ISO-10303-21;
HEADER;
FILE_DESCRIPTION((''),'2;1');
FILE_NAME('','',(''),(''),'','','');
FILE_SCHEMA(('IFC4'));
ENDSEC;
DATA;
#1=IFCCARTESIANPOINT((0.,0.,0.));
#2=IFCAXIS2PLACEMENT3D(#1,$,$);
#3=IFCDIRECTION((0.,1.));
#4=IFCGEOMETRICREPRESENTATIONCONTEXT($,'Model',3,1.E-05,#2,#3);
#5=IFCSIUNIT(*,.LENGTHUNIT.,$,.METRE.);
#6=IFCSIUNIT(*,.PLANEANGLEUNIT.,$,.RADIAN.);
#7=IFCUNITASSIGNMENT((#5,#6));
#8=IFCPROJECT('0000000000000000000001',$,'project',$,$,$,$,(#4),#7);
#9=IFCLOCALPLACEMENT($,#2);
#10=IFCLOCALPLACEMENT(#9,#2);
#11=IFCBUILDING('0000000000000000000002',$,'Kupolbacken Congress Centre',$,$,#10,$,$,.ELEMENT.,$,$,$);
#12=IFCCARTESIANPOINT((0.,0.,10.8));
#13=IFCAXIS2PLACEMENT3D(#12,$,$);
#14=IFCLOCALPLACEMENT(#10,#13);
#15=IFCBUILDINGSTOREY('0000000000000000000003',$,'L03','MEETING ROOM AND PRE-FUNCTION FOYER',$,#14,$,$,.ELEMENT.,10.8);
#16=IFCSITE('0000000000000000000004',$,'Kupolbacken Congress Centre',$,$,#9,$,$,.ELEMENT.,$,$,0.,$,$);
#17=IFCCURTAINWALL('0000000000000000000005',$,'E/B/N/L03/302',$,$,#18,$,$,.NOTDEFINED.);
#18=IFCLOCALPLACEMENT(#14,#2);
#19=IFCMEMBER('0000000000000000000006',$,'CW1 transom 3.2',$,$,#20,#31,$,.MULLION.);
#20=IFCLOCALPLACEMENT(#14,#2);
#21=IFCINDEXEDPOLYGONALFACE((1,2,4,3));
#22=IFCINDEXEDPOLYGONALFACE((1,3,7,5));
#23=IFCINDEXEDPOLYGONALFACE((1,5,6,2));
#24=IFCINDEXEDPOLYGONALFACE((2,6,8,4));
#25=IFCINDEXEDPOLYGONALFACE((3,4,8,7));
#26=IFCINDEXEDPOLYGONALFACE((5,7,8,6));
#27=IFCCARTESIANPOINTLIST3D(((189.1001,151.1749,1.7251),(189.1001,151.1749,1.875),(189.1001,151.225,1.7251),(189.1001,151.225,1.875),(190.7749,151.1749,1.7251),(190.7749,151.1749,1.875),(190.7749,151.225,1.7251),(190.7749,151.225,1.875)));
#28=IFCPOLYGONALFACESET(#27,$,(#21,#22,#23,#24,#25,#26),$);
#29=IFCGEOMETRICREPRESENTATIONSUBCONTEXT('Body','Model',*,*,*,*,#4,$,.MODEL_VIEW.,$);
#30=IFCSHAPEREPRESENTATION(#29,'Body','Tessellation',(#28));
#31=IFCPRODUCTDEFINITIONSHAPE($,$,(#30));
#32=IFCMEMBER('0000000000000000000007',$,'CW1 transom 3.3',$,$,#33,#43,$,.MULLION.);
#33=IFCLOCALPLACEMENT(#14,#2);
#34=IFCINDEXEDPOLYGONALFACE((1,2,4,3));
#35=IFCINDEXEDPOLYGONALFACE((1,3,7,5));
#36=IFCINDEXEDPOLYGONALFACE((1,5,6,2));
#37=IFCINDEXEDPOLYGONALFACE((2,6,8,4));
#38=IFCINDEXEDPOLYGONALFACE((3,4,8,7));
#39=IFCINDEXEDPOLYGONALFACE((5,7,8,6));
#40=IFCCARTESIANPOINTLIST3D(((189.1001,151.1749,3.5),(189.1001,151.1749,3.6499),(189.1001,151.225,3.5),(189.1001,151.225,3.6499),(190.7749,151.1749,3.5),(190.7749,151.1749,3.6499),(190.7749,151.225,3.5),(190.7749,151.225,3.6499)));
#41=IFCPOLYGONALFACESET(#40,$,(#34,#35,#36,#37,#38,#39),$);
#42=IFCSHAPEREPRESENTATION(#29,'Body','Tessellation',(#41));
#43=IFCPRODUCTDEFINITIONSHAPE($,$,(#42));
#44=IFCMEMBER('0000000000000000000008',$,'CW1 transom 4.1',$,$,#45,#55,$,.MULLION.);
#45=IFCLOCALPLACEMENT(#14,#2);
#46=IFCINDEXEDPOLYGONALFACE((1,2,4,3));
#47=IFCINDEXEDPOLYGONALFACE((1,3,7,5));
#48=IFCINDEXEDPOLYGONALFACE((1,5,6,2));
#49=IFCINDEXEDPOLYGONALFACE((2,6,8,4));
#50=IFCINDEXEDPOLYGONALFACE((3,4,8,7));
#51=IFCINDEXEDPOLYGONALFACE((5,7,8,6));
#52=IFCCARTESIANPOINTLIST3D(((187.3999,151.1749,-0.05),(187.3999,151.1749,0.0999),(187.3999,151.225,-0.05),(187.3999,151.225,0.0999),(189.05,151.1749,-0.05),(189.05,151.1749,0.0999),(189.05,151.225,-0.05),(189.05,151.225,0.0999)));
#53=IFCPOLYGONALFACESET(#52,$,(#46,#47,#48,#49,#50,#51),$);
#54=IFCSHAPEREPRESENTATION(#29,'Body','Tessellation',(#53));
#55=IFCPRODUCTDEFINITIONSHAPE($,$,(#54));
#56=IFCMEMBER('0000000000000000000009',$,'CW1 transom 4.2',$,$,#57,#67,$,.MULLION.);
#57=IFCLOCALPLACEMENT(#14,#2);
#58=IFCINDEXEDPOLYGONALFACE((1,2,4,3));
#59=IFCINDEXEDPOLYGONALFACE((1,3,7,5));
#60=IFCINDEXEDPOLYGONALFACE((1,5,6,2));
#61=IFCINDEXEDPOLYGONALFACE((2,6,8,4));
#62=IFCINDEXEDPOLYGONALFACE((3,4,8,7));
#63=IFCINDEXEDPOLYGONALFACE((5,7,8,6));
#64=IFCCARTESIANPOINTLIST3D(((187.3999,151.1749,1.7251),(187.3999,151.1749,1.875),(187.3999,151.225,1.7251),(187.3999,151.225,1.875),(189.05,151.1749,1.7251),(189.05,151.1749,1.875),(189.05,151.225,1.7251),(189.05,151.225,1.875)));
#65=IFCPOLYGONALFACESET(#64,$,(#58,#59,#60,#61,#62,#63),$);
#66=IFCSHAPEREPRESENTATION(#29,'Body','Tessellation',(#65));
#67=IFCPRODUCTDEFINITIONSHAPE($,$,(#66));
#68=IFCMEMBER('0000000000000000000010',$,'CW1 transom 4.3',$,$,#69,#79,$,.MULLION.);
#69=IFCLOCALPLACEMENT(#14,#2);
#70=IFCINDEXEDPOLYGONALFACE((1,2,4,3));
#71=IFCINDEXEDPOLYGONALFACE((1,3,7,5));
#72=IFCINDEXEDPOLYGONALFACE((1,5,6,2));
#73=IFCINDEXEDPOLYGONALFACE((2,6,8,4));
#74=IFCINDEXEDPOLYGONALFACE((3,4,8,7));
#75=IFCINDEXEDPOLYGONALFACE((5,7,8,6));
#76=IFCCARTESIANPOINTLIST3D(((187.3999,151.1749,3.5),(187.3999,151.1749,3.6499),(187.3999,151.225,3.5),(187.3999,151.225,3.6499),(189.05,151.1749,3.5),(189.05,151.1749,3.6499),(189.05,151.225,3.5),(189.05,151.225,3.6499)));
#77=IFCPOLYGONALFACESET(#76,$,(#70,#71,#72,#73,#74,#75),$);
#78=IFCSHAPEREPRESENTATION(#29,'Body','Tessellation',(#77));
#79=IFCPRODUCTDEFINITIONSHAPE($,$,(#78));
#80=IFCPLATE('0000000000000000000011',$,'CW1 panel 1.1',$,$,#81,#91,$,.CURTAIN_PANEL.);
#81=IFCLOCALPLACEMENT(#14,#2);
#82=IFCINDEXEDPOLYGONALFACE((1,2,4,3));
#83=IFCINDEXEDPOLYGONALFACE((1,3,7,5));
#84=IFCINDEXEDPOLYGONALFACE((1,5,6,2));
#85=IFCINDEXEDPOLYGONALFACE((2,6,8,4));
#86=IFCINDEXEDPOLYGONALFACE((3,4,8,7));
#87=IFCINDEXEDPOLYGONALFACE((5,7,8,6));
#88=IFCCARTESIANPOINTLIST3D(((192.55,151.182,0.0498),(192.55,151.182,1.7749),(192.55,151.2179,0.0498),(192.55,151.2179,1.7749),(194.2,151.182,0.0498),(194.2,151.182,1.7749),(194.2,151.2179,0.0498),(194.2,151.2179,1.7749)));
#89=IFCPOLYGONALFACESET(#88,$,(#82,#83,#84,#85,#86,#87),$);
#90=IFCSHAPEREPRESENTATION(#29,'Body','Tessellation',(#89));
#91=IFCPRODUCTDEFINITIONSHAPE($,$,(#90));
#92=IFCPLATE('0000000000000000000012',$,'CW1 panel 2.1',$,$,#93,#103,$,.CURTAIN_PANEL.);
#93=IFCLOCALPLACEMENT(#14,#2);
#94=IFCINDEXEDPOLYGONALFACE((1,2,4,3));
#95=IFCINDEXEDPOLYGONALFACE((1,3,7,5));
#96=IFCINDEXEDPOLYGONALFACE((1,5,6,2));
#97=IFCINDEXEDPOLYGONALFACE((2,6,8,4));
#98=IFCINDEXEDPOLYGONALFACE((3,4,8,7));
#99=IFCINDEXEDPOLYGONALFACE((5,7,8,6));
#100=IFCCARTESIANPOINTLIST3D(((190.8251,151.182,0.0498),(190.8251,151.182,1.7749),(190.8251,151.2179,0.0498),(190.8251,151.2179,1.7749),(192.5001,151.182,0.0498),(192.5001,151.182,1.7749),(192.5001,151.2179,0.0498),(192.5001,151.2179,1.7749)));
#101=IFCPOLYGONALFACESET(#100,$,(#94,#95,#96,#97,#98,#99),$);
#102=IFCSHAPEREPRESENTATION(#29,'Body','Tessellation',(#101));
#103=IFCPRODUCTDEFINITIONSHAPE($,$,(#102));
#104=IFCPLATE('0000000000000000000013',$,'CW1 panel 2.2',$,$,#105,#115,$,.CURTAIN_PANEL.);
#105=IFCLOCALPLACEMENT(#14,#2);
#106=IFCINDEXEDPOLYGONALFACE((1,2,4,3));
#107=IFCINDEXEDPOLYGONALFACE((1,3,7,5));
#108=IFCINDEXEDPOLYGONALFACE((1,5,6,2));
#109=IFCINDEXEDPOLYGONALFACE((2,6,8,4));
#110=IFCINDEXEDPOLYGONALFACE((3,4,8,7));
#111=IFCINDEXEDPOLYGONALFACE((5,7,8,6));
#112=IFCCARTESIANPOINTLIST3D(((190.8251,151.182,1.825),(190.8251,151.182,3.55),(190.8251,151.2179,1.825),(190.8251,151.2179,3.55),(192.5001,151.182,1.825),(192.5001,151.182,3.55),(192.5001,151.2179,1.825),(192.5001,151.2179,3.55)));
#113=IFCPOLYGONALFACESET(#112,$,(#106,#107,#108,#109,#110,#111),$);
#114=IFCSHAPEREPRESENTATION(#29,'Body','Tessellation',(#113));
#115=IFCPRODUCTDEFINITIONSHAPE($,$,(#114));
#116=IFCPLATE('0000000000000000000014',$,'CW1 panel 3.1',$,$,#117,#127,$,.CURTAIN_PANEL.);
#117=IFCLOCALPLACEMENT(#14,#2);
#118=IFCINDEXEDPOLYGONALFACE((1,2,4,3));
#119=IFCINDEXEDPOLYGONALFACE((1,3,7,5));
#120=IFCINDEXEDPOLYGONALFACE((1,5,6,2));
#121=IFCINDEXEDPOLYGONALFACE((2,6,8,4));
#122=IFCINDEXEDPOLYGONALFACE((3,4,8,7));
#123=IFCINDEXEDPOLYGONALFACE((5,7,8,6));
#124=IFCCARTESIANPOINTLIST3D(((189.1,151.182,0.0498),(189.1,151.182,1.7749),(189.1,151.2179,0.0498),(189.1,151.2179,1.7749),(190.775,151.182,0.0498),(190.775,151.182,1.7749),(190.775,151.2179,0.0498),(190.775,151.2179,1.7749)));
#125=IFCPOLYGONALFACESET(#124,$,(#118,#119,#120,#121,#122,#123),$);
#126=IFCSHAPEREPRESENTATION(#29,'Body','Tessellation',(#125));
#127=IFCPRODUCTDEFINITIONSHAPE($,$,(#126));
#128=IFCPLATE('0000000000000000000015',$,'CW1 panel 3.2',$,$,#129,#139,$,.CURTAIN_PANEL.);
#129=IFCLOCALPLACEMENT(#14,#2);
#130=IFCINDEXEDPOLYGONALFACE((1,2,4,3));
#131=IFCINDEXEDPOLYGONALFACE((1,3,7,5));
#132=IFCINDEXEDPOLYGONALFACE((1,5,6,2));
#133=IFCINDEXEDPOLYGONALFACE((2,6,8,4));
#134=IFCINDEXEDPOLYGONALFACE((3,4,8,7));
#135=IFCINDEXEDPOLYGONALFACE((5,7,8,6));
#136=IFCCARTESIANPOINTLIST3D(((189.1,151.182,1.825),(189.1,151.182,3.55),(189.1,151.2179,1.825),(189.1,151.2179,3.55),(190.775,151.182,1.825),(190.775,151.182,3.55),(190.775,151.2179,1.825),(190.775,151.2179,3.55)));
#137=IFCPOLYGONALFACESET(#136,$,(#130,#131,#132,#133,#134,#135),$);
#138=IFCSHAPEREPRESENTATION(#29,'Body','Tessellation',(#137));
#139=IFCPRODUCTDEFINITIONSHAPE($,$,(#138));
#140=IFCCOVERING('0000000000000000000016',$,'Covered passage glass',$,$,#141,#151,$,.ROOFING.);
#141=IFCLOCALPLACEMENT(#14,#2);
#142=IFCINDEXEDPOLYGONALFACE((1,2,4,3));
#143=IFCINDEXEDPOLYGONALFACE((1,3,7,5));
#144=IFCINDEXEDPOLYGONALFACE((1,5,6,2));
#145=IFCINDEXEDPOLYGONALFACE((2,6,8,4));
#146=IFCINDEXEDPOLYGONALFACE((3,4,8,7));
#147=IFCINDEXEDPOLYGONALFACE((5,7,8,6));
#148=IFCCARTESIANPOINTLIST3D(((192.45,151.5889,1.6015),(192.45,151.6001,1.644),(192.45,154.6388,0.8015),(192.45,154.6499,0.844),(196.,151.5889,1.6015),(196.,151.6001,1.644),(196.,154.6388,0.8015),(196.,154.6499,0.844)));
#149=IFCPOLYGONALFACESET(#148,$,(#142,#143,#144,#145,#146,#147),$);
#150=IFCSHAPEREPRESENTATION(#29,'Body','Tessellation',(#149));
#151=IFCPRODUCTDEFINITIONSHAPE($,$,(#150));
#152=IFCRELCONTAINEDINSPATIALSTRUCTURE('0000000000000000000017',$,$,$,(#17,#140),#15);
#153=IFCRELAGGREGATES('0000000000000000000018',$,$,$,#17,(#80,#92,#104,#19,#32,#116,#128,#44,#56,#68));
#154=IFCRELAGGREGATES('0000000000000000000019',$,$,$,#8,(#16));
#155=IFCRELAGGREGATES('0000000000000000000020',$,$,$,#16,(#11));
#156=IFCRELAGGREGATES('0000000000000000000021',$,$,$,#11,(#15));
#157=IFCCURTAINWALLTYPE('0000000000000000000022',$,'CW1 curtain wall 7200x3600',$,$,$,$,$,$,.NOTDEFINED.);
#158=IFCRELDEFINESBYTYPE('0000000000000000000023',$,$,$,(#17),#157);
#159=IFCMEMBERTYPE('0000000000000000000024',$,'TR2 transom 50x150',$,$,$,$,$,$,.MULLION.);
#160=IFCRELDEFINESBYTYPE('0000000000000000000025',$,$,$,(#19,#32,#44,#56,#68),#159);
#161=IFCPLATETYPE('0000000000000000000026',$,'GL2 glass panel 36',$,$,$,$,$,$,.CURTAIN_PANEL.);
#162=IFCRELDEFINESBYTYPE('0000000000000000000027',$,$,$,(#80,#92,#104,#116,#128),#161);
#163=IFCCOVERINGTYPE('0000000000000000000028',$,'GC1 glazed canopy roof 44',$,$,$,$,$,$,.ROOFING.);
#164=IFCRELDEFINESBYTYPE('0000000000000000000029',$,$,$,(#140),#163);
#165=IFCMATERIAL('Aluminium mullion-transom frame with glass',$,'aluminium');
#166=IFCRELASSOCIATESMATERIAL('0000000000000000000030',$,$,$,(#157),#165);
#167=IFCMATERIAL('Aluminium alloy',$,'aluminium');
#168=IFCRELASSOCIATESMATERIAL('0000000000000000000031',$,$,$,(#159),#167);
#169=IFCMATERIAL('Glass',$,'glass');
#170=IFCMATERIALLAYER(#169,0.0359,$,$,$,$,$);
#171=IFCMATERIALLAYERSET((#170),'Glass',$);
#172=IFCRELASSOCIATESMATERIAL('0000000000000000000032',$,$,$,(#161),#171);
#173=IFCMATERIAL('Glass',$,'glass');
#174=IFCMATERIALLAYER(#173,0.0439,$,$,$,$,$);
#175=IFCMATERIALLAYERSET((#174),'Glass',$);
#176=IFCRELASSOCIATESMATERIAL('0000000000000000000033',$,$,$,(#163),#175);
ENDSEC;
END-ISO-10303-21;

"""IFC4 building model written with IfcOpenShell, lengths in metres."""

from ifc_helpers import new_model, si_unit, direction, frame, origin, origin_2d, place, context, subcontext, project, spatial, polyline, rectangle, outline, extrude, material, layer, layer_set, material_profile, profile_set, type_object, element, aggregate, save


model = new_model("IFC4")

# Units and contexts
model_context = context("Model", 3, precision=1e-05, world=origin(), true_north=direction((0.0, 1.0)))
body_context = subcontext(model_context, "Body", "Model", "MODEL_VIEW")
ifc_project = project(units=[si_unit("LENGTHUNIT", "METRE"), si_unit("PLANEANGLEUNIT", "RADIAN")], contexts=[model_context])

# Site, building, storey
site_placement = place(None, origin())
site = spatial("IfcSite", under=ifc_project, at=site_placement, Name="Kupolbacken Congress Centre", CompositionType="ELEMENT", RefElevation=0.0)
building_placement = place(site_placement, origin())
building = spatial("IfcBuilding", under=site, at=building_placement, Name="Kupolbacken Congress Centre", CompositionType="ELEMENT")
storey_placement = place(building_placement, frame((0.0, 0.0, 10.8)))
storey = spatial("IfcBuildingStorey", under=building, at=storey_placement, Name="L03", Description="MEETING ROOM AND PRE-FUNCTION FOYER", CompositionType="ELEMENT", Elevation=10.8)

# Curtain wall, members, plates
ifc_material_1 = material(Name="Aluminium mullion-transom frame with glass", Category="aluminium")
curtain_wall_type = type_object("IfcCurtainWallType", Name="CW1 curtain wall 7200x3600", PredefinedType="NOTDEFINED", material=ifc_material_1)
curtain_wall_placement = place(storey_placement, origin())
curtain_wall = element("IfcCurtainWall", 1, at=curtain_wall_placement, inside=storey, type_object=curtain_wall_type, Name="E/B/N/L03/302", PredefinedType="NOTDEFINED")
ifc_material_2 = material(Name="Aluminium alloy", Category="aluminium")
ifc_material_profile_1 = material_profile(ifc_material_2, rectangle(XDim=0.05, YDim=0.1499, at=origin_2d()), Name="50 x 150")
ifc_profile_set_1 = profile_set([ifc_material_profile_1], Name="Aluminium alloy")
member_type_1 = type_object("IfcMemberType", Name="TR2 transom 50x150", PredefinedType="MULLION", material=ifc_profile_set_1)
member_1_placement = place(storey_placement, frame((190.7749, 151.2, 1.8), z_axis=(-1.0, 0.0, 0.0), x_axis=(0.0, -1.0, 0.0)))
member_1 = element("IfcMember", 2, at=member_1_placement, type_object=member_type_1, Name="CW1 transom 3.2", PredefinedType="MULLION", context=body_context, shape_type="SweptSolid", body=[
    extrude(rectangle(XDim=0.05, YDim=0.1499, at=origin_2d()), origin(), (0.0, 0.0, 1.0), 1.6748),
])
member_2_placement = place(storey_placement, frame((190.7749, 151.2, 3.575), z_axis=(-1.0, 0.0, 0.0), x_axis=(0.0, -1.0, 0.0)))
member_2 = element("IfcMember", 3, at=member_2_placement, type_object=member_type_1, Name="CW1 transom 3.3", PredefinedType="MULLION", context=body_context, shape_type="SweptSolid", body=[
    extrude(rectangle(XDim=0.05, YDim=0.1499, at=origin_2d()), origin(), (0.0, 0.0, 1.0), 1.6748),
])
member_3_placement = place(storey_placement, frame((189.05, 151.2, 0.0249), z_axis=(-1.0, 0.0, 0.0), x_axis=(0.0, -1.0, 0.0)))
member_3 = element("IfcMember", 4, at=member_3_placement, type_object=member_type_1, Name="CW1 transom 4.1", PredefinedType="MULLION", context=body_context, shape_type="SweptSolid", body=[
    extrude(rectangle(XDim=0.05, YDim=0.1499, at=origin_2d()), origin(), (0.0, 0.0, 1.0), 1.6501),
])
member_4_placement = place(storey_placement, frame((189.05, 151.2, 1.8), z_axis=(-1.0, 0.0, 0.0), x_axis=(0.0, -1.0, 0.0)))
member_4 = element("IfcMember", 5, at=member_4_placement, type_object=member_type_1, Name="CW1 transom 4.2", PredefinedType="MULLION", context=body_context, shape_type="SweptSolid", body=[
    extrude(rectangle(XDim=0.05, YDim=0.1499, at=origin_2d()), origin(), (0.0, 0.0, 1.0), 1.6501),
])
member_5_placement = place(storey_placement, frame((189.05, 151.2, 3.575), z_axis=(-1.0, 0.0, 0.0), x_axis=(0.0, -1.0, 0.0)))
member_5 = element("IfcMember", 6, at=member_5_placement, type_object=member_type_1, Name="CW1 transom 4.3", PredefinedType="MULLION", context=body_context, shape_type="SweptSolid", body=[
    extrude(rectangle(XDim=0.05, YDim=0.1499, at=origin_2d()), origin(), (0.0, 0.0, 1.0), 1.6501),
])
ifc_material_3 = material(Name="Glass", Category="glass")
ifc_layer_1 = layer(ifc_material_3, 0.0359)
ifc_layer_set_1 = layer_set([ifc_layer_1], Name="Glass")
plate_type = type_object("IfcPlateType", Name="GL2 glass panel 36", PredefinedType="CURTAIN_PANEL", material=ifc_layer_set_1)
plate_1_placement = place(storey_placement, frame((193.375, 151.2, 0.0498), z_axis=(0.0, 0.0, 1.0), x_axis=(-1.0, 0.0, 0.0)))
plate_1 = element("IfcPlate", 7, at=plate_1_placement, type_object=plate_type, Name="CW1 panel 1.1", PredefinedType="CURTAIN_PANEL", context=body_context, shape_type="SweptSolid", body=[
    extrude(rectangle(XDim=1.6499, YDim=0.0359, at=origin_2d()), origin(), (0.0, 0.0, 1.0), 1.7251),
])
plate_2_placement = place(storey_placement, frame((191.6626, 151.2, 0.0498), z_axis=(0.0, 0.0, 1.0), x_axis=(-1.0, 0.0, 0.0)))
plate_2 = element("IfcPlate", 8, at=plate_2_placement, type_object=plate_type, Name="CW1 panel 2.1", PredefinedType="CURTAIN_PANEL", context=body_context, shape_type="SweptSolid", body=[
    extrude(rectangle(XDim=1.675, YDim=0.0359, at=origin_2d()), origin(), (0.0, 0.0, 1.0), 1.7251),
])
plate_3_placement = place(storey_placement, frame((191.6626, 151.2, 1.825), z_axis=(0.0, 0.0, 1.0), x_axis=(-1.0, 0.0, 0.0)))
plate_3 = element("IfcPlate", 9, at=plate_3_placement, type_object=plate_type, Name="CW1 panel 2.2", PredefinedType="CURTAIN_PANEL", context=body_context, shape_type="SweptSolid", body=[
    extrude(rectangle(XDim=1.675, YDim=0.0359, at=origin_2d()), origin(), (0.0, 0.0, 1.0), 1.7251),
])
plate_4_placement = place(storey_placement, frame((189.9375, 151.2, 0.0498), z_axis=(0.0, 0.0, 1.0), x_axis=(-1.0, 0.0, 0.0)))
plate_4 = element("IfcPlate", 10, at=plate_4_placement, type_object=plate_type, Name="CW1 panel 3.1", PredefinedType="CURTAIN_PANEL", context=body_context, shape_type="SweptSolid", body=[
    extrude(rectangle(XDim=1.675, YDim=0.0359, at=origin_2d()), origin(), (0.0, 0.0, 1.0), 1.7251),
])
plate_5_placement = place(storey_placement, frame((189.9375, 151.2, 1.825), z_axis=(0.0, 0.0, 1.0), x_axis=(-1.0, 0.0, 0.0)))
plate_5 = element("IfcPlate", 11, at=plate_5_placement, type_object=plate_type, Name="CW1 panel 3.2", PredefinedType="CURTAIN_PANEL", context=body_context, shape_type="SweptSolid", body=[
    extrude(rectangle(XDim=1.675, YDim=0.0359, at=origin_2d()), origin(), (0.0, 0.0, 1.0), 1.7251),
])
aggregate(curtain_wall, [plate_1, plate_2, plate_3, member_1, member_2, plate_4, plate_5, member_3, member_4, member_5])

# Covering
ifc_material_4 = material(Name="Glass", Category="glass")
ifc_layer_2 = layer(ifc_material_4, 0.0439)
ifc_layer_set_2 = layer_set([ifc_layer_2], Name="Glass")
covering_type = type_object("IfcCoveringType", Name="GC1 glazed canopy roof 44", PredefinedType="ROOFING", material=ifc_layer_set_2)
covering_placement = place(storey_placement, frame((192.45, 151.6001, 1.644), z_axis=(0.0, 0.253742, 0.967272), x_axis=(1.0, 0.0, 0.0)))
element("IfcCovering", 12, at=covering_placement, inside=storey, type_object=covering_type, Name="Covered passage glass", PredefinedType="ROOFING", context=body_context, shape_type="SweptSolid", body=[
    extrude(outline(polyline([(0.0, 0.0), (3.55, 0.0), (3.55, 3.153), (0.0, 3.153), (0.0, 0.0)])), origin(), (0.0, 0.0, -1.0), 0.0439),
])

save(model, "model.ifc")
